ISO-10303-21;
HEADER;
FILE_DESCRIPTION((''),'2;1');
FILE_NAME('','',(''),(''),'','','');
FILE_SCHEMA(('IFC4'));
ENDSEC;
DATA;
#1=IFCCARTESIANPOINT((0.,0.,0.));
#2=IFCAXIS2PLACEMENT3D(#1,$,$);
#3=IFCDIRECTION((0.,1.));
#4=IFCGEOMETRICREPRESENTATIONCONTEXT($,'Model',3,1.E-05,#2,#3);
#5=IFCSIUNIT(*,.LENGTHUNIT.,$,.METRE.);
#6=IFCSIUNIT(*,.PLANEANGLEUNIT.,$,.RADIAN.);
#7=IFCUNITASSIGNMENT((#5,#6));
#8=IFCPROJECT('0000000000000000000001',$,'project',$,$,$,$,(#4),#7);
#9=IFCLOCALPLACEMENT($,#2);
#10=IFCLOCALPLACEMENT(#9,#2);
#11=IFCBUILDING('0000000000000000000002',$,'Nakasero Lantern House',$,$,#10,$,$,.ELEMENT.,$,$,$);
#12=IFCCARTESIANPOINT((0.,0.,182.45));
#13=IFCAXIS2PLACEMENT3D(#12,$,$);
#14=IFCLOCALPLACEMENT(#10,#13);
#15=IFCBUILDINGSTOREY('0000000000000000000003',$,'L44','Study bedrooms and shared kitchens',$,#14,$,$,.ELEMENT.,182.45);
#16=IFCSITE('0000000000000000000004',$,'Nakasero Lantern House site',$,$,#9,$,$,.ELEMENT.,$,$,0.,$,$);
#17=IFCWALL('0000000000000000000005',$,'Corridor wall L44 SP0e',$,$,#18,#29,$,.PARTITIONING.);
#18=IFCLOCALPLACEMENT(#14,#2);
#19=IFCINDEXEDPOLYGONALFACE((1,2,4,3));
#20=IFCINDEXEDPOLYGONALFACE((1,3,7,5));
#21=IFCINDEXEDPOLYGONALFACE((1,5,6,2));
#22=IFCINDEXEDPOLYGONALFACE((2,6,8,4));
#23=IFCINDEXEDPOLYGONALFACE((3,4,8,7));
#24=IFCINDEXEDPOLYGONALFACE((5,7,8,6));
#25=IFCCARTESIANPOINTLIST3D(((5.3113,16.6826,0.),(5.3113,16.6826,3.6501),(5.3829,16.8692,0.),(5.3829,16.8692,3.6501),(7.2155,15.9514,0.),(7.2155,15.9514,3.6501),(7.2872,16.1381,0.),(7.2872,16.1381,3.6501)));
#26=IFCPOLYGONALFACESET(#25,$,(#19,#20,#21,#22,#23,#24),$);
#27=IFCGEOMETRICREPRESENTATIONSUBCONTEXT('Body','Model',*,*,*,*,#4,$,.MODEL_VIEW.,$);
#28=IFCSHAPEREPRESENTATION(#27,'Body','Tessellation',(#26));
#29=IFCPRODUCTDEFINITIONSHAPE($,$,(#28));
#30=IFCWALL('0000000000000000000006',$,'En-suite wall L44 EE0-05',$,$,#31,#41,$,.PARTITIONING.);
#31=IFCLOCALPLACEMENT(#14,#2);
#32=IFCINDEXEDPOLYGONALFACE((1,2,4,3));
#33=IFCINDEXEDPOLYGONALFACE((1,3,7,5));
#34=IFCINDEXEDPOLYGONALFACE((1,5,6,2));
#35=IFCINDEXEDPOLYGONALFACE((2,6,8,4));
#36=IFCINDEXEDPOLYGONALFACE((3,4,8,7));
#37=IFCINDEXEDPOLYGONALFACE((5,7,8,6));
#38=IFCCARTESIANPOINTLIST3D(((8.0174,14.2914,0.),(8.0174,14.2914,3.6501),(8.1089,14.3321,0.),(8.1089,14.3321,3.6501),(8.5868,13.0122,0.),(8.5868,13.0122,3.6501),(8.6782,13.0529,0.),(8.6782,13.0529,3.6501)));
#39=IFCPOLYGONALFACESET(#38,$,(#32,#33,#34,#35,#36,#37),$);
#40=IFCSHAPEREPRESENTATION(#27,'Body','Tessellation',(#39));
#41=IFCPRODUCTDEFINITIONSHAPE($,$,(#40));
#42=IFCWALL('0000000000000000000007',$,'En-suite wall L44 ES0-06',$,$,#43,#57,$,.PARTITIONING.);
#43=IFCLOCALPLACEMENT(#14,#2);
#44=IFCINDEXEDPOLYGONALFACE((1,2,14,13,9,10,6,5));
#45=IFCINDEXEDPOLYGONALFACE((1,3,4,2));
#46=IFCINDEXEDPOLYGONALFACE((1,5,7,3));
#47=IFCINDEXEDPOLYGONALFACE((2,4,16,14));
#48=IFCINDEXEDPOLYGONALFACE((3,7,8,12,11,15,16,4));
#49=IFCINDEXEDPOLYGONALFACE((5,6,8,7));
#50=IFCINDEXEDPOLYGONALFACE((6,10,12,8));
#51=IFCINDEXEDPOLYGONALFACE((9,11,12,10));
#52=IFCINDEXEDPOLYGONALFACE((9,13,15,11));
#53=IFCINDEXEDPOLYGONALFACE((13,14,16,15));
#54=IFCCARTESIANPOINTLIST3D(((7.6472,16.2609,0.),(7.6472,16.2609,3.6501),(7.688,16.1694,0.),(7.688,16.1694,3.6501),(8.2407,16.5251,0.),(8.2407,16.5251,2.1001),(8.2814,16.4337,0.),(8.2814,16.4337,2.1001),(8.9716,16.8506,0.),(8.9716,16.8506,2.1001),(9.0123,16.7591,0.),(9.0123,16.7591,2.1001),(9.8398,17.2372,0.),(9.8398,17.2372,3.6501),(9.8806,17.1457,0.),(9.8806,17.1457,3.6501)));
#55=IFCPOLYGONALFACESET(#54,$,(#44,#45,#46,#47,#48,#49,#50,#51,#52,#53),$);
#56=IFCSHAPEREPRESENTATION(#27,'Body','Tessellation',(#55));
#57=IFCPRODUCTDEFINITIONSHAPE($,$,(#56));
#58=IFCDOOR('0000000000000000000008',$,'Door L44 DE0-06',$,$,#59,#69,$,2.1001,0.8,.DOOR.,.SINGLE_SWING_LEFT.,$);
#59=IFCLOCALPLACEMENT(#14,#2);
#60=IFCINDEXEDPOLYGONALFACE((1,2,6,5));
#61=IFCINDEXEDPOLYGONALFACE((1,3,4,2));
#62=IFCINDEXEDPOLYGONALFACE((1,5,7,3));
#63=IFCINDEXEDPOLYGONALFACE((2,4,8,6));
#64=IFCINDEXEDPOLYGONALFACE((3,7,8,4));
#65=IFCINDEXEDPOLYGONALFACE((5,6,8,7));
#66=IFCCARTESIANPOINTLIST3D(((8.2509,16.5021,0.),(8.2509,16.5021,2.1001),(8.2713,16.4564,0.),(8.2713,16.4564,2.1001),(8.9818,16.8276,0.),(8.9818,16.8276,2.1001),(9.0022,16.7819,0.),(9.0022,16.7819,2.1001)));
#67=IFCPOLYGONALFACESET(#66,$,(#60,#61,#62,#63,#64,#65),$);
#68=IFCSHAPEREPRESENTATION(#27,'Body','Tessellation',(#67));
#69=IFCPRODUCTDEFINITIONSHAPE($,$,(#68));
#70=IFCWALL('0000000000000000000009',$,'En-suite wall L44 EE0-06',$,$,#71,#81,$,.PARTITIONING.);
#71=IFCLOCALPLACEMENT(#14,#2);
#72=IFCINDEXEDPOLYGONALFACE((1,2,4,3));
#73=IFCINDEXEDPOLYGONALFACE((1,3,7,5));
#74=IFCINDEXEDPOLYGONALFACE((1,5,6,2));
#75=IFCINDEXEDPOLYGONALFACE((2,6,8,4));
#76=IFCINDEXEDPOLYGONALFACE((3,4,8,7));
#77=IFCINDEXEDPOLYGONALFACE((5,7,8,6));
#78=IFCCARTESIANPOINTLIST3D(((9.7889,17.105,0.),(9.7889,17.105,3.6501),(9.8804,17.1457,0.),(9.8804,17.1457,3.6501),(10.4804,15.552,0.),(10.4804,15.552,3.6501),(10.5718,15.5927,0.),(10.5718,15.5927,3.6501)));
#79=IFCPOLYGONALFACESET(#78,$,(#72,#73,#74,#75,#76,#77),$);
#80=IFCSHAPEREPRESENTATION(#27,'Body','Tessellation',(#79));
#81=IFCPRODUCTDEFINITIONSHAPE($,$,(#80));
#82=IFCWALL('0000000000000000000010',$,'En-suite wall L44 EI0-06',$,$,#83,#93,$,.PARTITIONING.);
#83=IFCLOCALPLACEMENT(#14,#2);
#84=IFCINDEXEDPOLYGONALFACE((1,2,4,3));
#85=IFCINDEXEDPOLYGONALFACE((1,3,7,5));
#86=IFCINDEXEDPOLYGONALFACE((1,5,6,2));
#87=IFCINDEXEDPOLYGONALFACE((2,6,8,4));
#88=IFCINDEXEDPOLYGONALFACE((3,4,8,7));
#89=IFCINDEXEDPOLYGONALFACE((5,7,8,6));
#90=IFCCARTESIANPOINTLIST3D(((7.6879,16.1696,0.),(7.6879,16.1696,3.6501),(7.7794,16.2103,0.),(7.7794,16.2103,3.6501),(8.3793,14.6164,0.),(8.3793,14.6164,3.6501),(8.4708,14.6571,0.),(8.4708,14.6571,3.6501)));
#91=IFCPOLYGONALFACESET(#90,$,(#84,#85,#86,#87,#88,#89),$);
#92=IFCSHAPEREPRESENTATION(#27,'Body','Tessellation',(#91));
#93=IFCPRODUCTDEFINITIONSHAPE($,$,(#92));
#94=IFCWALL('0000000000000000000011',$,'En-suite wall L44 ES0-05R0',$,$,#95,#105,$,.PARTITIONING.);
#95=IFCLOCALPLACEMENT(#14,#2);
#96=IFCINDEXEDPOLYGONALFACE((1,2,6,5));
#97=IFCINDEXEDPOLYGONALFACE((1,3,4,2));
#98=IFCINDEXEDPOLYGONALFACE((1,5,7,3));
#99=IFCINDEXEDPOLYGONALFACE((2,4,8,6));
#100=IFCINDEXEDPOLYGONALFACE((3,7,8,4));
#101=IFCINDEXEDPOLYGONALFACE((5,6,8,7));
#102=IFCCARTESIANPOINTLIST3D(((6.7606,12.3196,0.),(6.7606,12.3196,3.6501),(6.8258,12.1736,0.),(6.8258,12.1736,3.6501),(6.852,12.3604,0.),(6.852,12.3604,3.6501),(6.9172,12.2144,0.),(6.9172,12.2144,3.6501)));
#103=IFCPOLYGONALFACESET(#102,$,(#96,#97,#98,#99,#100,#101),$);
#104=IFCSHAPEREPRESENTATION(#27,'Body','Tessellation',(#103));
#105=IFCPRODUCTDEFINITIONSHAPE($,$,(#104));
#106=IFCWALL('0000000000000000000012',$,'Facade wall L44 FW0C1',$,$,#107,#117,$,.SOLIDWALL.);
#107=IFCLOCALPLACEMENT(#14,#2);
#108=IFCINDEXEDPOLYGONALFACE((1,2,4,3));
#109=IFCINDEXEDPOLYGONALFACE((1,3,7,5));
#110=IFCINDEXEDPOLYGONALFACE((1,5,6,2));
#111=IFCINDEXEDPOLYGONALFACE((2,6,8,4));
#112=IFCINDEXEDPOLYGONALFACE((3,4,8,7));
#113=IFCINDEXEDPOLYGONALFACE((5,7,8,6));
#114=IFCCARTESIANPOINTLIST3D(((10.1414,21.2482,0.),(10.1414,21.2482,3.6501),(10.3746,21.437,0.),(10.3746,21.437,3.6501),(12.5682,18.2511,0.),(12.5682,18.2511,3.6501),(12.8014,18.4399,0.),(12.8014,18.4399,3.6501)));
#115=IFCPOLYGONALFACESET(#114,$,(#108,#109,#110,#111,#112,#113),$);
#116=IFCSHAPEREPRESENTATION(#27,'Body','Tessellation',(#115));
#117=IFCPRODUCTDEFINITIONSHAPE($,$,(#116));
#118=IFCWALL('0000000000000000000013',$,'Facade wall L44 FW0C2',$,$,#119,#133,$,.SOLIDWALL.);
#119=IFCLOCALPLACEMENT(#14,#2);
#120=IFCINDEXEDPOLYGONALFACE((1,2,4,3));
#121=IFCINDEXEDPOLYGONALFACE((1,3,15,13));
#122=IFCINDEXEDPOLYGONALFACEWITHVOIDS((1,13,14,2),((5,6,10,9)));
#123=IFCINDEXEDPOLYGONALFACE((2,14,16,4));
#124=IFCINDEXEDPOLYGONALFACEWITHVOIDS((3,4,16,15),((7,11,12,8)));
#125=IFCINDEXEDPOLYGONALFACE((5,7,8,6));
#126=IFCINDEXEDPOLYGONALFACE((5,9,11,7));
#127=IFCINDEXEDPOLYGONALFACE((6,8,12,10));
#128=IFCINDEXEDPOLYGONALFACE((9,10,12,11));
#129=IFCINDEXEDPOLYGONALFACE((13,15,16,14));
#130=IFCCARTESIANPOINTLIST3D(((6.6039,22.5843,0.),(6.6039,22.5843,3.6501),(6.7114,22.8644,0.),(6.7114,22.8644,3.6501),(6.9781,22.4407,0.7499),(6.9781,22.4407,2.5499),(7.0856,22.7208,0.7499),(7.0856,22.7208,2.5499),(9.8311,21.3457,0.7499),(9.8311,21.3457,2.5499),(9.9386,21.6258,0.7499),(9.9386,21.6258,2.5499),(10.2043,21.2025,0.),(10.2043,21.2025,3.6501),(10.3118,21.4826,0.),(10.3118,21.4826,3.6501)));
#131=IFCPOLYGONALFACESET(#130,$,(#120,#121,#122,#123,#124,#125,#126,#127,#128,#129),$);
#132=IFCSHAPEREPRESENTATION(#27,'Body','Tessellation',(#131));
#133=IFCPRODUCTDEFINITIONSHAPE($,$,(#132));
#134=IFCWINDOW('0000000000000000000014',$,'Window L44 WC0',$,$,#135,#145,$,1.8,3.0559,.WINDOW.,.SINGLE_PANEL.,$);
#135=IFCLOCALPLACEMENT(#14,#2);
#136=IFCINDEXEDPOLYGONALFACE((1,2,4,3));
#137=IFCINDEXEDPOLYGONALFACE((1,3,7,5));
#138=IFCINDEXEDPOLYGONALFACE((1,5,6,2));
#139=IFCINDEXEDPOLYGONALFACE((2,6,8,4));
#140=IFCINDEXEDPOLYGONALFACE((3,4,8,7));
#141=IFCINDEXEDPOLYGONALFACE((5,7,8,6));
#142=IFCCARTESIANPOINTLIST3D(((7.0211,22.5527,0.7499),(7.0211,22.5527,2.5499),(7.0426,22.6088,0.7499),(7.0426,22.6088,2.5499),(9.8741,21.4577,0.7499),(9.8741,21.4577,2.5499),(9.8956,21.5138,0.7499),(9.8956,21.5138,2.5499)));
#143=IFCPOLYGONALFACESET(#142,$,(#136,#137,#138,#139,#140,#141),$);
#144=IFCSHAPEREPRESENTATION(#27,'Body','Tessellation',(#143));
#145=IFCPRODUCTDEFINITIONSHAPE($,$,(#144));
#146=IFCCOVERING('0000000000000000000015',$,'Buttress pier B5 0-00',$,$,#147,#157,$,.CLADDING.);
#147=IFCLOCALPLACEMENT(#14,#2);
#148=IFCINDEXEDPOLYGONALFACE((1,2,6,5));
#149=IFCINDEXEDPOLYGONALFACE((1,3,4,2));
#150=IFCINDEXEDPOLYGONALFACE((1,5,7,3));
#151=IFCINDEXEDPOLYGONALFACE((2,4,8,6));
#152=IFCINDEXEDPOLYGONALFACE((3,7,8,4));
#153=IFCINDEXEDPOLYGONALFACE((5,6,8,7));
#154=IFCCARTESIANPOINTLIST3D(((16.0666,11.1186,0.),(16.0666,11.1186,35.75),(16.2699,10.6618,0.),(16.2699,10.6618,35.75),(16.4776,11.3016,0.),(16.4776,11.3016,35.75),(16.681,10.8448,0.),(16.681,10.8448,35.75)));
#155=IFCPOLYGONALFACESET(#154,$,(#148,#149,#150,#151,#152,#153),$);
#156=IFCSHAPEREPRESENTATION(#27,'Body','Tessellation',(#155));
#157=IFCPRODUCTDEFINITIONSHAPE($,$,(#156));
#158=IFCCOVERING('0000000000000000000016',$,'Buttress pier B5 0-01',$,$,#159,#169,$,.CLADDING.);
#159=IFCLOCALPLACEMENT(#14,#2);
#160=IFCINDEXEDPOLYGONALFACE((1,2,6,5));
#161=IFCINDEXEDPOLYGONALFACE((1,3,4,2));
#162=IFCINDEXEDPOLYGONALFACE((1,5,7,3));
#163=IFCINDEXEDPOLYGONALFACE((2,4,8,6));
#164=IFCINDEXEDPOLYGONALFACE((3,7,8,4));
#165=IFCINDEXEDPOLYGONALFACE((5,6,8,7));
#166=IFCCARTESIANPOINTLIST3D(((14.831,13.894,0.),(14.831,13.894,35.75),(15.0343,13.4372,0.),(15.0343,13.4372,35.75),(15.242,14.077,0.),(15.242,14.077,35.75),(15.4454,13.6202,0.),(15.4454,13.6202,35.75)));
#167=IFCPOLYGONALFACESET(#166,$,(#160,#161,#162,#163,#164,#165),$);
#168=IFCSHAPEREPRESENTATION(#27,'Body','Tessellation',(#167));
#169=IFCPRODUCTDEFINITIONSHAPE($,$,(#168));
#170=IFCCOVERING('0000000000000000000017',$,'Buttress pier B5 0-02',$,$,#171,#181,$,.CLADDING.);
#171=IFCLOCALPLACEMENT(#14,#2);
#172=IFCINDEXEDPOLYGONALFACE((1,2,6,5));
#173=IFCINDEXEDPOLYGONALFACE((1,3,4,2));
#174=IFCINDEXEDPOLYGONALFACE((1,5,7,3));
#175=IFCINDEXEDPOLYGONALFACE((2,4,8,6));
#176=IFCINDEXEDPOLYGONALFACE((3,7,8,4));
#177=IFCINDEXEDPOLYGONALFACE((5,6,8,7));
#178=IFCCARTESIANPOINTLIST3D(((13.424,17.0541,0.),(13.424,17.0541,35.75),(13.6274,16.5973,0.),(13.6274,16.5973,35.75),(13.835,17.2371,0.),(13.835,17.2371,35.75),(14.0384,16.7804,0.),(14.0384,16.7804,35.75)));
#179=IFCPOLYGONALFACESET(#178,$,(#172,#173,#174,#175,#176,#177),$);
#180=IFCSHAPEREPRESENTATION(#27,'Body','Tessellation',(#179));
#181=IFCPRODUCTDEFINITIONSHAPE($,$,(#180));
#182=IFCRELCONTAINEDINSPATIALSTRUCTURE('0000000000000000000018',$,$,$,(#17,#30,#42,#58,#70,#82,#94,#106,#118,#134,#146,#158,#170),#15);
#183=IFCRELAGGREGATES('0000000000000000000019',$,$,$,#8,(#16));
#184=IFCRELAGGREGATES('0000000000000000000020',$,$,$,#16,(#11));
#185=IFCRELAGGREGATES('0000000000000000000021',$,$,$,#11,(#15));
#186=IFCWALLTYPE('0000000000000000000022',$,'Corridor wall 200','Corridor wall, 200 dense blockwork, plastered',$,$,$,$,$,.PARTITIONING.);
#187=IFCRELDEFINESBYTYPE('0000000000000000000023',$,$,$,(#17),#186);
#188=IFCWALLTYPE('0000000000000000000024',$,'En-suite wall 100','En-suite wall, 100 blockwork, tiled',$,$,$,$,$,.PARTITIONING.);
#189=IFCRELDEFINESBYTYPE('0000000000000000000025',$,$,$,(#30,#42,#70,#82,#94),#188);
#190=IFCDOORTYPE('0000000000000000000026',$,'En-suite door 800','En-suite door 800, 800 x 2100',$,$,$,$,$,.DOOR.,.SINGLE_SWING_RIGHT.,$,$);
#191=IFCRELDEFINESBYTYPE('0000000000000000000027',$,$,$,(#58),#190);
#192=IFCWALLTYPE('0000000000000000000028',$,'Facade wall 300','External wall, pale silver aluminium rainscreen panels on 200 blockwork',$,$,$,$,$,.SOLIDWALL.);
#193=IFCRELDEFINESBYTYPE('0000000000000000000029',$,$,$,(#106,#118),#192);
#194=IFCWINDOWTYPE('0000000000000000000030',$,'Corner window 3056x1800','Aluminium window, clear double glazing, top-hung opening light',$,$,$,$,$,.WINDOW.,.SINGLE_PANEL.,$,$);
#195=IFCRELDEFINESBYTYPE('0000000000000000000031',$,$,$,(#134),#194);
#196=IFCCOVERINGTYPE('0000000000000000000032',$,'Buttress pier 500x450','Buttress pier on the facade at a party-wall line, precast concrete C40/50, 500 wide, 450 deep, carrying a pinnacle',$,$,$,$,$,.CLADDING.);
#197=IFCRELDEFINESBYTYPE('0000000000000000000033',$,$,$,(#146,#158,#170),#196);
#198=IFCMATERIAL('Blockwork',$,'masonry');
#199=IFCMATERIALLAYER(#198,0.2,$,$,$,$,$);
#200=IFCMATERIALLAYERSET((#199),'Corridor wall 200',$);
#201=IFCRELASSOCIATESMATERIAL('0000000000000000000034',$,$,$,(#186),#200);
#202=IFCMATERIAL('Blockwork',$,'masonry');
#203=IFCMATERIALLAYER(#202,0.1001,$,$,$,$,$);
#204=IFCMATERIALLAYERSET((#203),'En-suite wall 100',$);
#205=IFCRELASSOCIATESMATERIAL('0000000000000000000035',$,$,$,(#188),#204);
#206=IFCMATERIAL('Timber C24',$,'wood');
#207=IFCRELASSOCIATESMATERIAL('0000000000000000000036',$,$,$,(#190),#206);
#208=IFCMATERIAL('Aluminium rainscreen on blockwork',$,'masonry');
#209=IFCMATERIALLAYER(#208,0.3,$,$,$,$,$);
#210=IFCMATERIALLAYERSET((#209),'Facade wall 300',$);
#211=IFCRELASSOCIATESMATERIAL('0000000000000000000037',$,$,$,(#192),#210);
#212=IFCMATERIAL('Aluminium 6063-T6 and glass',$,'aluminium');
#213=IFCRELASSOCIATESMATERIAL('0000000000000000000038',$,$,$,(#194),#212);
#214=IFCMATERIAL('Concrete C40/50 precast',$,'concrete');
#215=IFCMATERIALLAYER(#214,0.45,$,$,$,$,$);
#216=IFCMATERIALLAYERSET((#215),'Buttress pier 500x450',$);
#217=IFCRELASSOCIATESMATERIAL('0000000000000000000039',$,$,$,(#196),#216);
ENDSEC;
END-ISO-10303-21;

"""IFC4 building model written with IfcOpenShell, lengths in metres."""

from ifc_helpers import new_model, si_unit, direction, frame, frame_2d, origin, origin_2d, place, context, subcontext, project, spatial, rectangle, extrude, material, layer, layer_set, type_object, element, fill, save


model = new_model("IFC4")

# Units and contexts
model_context = context("Model", 3, precision=1e-05, world=origin(), true_north=direction((0.0, 1.0)))
body_context = subcontext(model_context, "Body", "Model", "MODEL_VIEW")
ifc_project = project(units=[si_unit("LENGTHUNIT", "METRE"), si_unit("PLANEANGLEUNIT", "RADIAN")], contexts=[model_context])

# Site, building, storey
site_placement = place(None, origin())
site = spatial("IfcSite", under=ifc_project, at=site_placement, Name="Nakasero Lantern House site", CompositionType="ELEMENT", RefElevation=0.0)
building_placement = place(site_placement, origin())
building = spatial("IfcBuilding", under=site, at=building_placement, Name="Nakasero Lantern House", CompositionType="ELEMENT")
storey_placement = place(building_placement, frame((0.0, 0.0, 182.45)))
storey = spatial("IfcBuildingStorey", under=building, at=storey_placement, Name="L44", Description="Study bedrooms and shared kitchens", CompositionType="ELEMENT", Elevation=182.45)

# Walls
ifc_material_1 = material(Name="Blockwork", Category="masonry")
ifc_layer_1 = layer(ifc_material_1, 0.2)
ifc_layer_set_1 = layer_set([ifc_layer_1], Name="Corridor wall 200")
wall_type_1 = type_object("IfcWallType", Name="Corridor wall 200", Description="Corridor wall, 200 dense blockwork, plastered", PredefinedType="PARTITIONING", material=ifc_layer_set_1)
wall_1_placement = place(storey_placement, frame((7.2515, 16.0447, 0.0), z_axis=(0.0, 0.0, 1.0), x_axis=(-0.933546, 0.358458, 0.0)))
element("IfcWall", 1, at=wall_1_placement, inside=storey, type_object=wall_type_1, Name="Corridor wall L44 SP0e", PredefinedType="PARTITIONING", context=body_context, shape_type="SweptSolid", body=[
    extrude(rectangle(XDim=2.0398, YDim=0.2, at=frame_2d((1.02, 0.0))), origin(), (0.0, 0.0, 1.0), 3.6501),
])
ifc_material_2 = material(Name="Blockwork", Category="masonry")
ifc_layer_2 = layer(ifc_material_2, 0.1001)
ifc_layer_set_2 = layer_set([ifc_layer_2], Name="En-suite wall 100")
wall_type_2 = type_object("IfcWallType", Name="En-suite wall 100", Description="En-suite wall, 100 blockwork, tiled", PredefinedType="PARTITIONING", material=ifc_layer_set_2)
wall_2_placement = place(storey_placement, frame((8.6326, 13.0325, 0.0), z_axis=(0.0, 0.0, 1.0), x_axis=(-0.406656, 0.913581, 0.0)))
element("IfcWall", 2, at=wall_2_placement, inside=storey, type_object=wall_type_2, Name="En-suite wall L44 EE0-05", PredefinedType="PARTITIONING", context=body_context, shape_type="SweptSolid", body=[
    extrude(rectangle(XDim=1.4001, YDim=0.1001, at=frame_2d((0.7002, 0.0))), origin(), (0.0, 0.0, 1.0), 3.6501),
])

# Wall, opening, door
wall_3_placement = place(storey_placement, frame((7.6675, 16.2151, 0.0), z_axis=(0.0, 0.0, 1.0), x_axis=(0.91353, 0.406771, 0.0)))
wall_3 = element("IfcWall", 3, at=wall_3_placement, inside=storey, type_object=wall_type_2, Name="En-suite wall L44 ES0-06", PredefinedType="PARTITIONING", context=body_context, shape_type="SweptSolid", body=[
    extrude(rectangle(XDim=2.4001, YDim=0.1001, at=frame_2d((1.2002, 0.0))), origin(), (0.0, 0.0, 1.0), 3.6501),
])
opening_1_placement = place(wall_3_placement, frame((0.6499, 0.0, 0.0)))
opening_1 = element("IfcOpeningElement", 4, at=opening_1_placement, cuts=wall_3, PredefinedType="OPENING", context=body_context, shape_type="SweptSolid", body=[
    extrude(rectangle(XDim=0.8, YDim=2.1001, at=frame_2d((0.3999, 1.05))), frame((0.0, 0.0701, 0.0), z_axis=(0.0, -1.0, 0.0), x_axis=(1.0, 0.0, 0.0)), (0.0, 0.0, 1.0), 0.1401),
])
ifc_material_3 = material(Name="Timber C24", Category="wood")
door_type = type_object("IfcDoorType", Name="En-suite door 800", Description="En-suite door 800, 800 x 2100", OperationType="SINGLE_SWING_RIGHT", PredefinedType="DOOR", material=ifc_material_3)
door_placement = place(opening_1_placement, origin())
door = element("IfcDoor", 5, at=door_placement, inside=storey, type_object=door_type, Name="Door L44 DE0-06", OperationType="SINGLE_SWING_LEFT", OverallHeight=2.1001, OverallWidth=0.8, PredefinedType="DOOR", context=body_context, shape_type="SweptSolid", body=[
    extrude(rectangle(XDim=0.8, YDim=2.1001, at=frame_2d((0.3999, 1.05))), frame((0.0, 0.0249, 0.0), z_axis=(0.0, -1.0, 0.0), x_axis=(1.0, 0.0, 0.0)), (0.0, 0.0, 1.0), 0.05),
])
fill(opening_1, door)

# Walls
wall_4_placement = place(storey_placement, frame((10.5261, 15.5723, 0.0), z_axis=(0.0, 0.0, 1.0), x_axis=(-0.406725, 0.913551, 0.0)))
element("IfcWall", 6, at=wall_4_placement, inside=storey, type_object=wall_type_2, Name="En-suite wall L44 EE0-06", PredefinedType="PARTITIONING", context=body_context, shape_type="SweptSolid", body=[
    extrude(rectangle(XDim=1.7, YDim=0.1001, at=frame_2d((0.8501, 0.0))), origin(), (0.0, 0.0, 1.0), 3.6501),
])
wall_5_placement = place(storey_placement, frame((8.425, 14.6367, 0.0), z_axis=(0.0, 0.0, 1.0), x_axis=(-0.406671, 0.913575, 0.0)))
element("IfcWall", 7, at=wall_5_placement, inside=storey, type_object=wall_type_2, Name="En-suite wall L44 EI0-06", PredefinedType="PARTITIONING", context=body_context, shape_type="SweptSolid", body=[
    extrude(rectangle(XDim=1.7002, YDim=0.1001, at=frame_2d((0.8501, 0.0))), origin(), (0.0, 0.0, 1.0), 3.6501),
])
wall_6_placement = place(storey_placement, frame((6.8716, 12.1938, 0.0), z_axis=(0.0, 0.0, 1.0), x_axis=(-0.407696, 0.913118, 0.0)))
element("IfcWall", 8, at=wall_6_placement, inside=storey, type_object=wall_type_2, Name="En-suite wall L44 ES0-05R0", PredefinedType="PARTITIONING", context=body_context, shape_type="SweptSolid", body=[
    extrude(rectangle(XDim=0.1599, YDim=0.1001, at=frame_2d((0.0801, 0.0))), origin(), (0.0, 0.0, 1.0), 3.6501),
])
ifc_material_4 = material(Name="Aluminium rainscreen on blockwork", Category="masonry")
ifc_layer_3 = layer(ifc_material_4, 0.3)
ifc_layer_set_3 = layer_set([ifc_layer_3], Name="Facade wall 300")
wall_type_3 = type_object("IfcWallType", Name="Facade wall 300", Description="External wall, pale silver aluminium rainscreen panels on 200 blockwork", PredefinedType="SOLIDWALL", material=ifc_layer_set_3)
wall_7_placement = place(storey_placement, frame((12.6848, 18.3455, 0.0), z_axis=(0.0, 0.0, 1.0), x_axis=(-0.629286, 0.777174, 0.0)))
element("IfcWall", 9, at=wall_7_placement, inside=storey, type_object=wall_type_3, Name="Facade wall L44 FW0C1", PredefinedType="SOLIDWALL", context=body_context, shape_type="SweptSolid", body=[
    extrude(rectangle(XDim=3.8564, YDim=0.3, at=frame_2d((1.9282, 0.0))), origin(), (0.0, 0.0, 1.0), 3.6501),
])

# Wall, opening, window
wall_8_placement = place(storey_placement, frame((10.2581, 21.3425, 0.0), z_axis=(0.0, 0.0, 1.0), x_axis=(-0.933598, 0.358321, 0.0)))
wall_8 = element("IfcWall", 10, at=wall_8_placement, inside=storey, type_object=wall_type_3, Name="Facade wall L44 FW0C2", PredefinedType="SOLIDWALL", context=body_context, shape_type="SweptSolid", body=[
    extrude(rectangle(XDim=3.8564, YDim=0.3, at=frame_2d((1.9282, 0.0))), origin(), (0.0, 0.0, 1.0), 3.6501),
])
opening_2_placement = place(wall_8_placement, frame((0.3999, 0.0, 0.75)))
opening_2 = element("IfcOpeningElement", 11, at=opening_2_placement, cuts=wall_8, PredefinedType="OPENING", context=body_context, shape_type="SweptSolid", body=[
    extrude(rectangle(XDim=3.0559, YDim=1.8, at=frame_2d((1.5278, 0.8999))), frame((0.0, 0.1699, 0.0), z_axis=(0.0, -1.0, 0.0), x_axis=(1.0, 0.0, 0.0)), (0.0, 0.0, 1.0), 0.3401),
])
ifc_material_5 = material(Name="Aluminium 6063-T6 and glass", Category="aluminium")
window_type = type_object("IfcWindowType", Name="Corner window 3056x1800", Description="Aluminium window, clear double glazing, top-hung opening light", PartitioningType="SINGLE_PANEL", PredefinedType="WINDOW", material=ifc_material_5)
window_placement = place(opening_2_placement, origin())
window = element("IfcWindow", 12, at=window_placement, inside=storey, type_object=window_type, Name="Window L44 WC0", OverallHeight=1.8, OverallWidth=3.0559, PartitioningType="SINGLE_PANEL", PredefinedType="WINDOW", context=body_context, shape_type="SweptSolid", body=[
    extrude(rectangle(XDim=3.0559, YDim=1.8, at=frame_2d((1.5278, 0.8999))), frame((0.0, 0.03, 0.0), z_axis=(0.0, -1.0, 0.0), x_axis=(1.0, 0.0, 0.0)), (0.0, 0.0, 1.0), 0.0601),
])
fill(opening_2, window)

# Coverings
ifc_material_6 = material(Name="Concrete C40/50 precast", Category="concrete")
ifc_layer_4 = layer(ifc_material_6, 0.45)
ifc_layer_set_4 = layer_set([ifc_layer_4], Name="Buttress pier 500x450")
covering_type = type_object("IfcCoveringType", Name="Buttress pier 500x450", Description="Buttress pier on the facade at a party-wall line, precast concrete C40/50, 500 wide, 450 deep, carrying a pinnacle", PredefinedType="CLADDING", material=ifc_layer_set_4)
for number, where, z_axis, x_axis, name in (
    (13, (16.3738, 10.9817, 0.0), (0.0, 0.0, 1.0), (0.913545, 0.406737, 0.0), "Buttress pier B5 0-00"),
    (14, (15.1382, 13.7571, 0.0), (0.0, 0.0, 1.0), (0.913545, 0.406737, 0.0), "Buttress pier B5 0-01"),
    (15, (13.7312, 16.9172, 0.0), (0.0, 0.0, 1.0), (0.913545, 0.406737, 0.0), "Buttress pier B5 0-02"),
):
    element("IfcCovering", number, at=place(storey_placement, frame(where, z_axis=z_axis, x_axis=x_axis)), inside=storey, type_object=covering_type, Name=name, PredefinedType="CLADDING", context=body_context, shape_type="SweptSolid", body=[
        extrude(rectangle(XDim=0.45, YDim=0.5, at=origin_2d()), origin(), (0.0, 0.0, 1.0), 35.75),
    ])

save(model, "model.ifc")
